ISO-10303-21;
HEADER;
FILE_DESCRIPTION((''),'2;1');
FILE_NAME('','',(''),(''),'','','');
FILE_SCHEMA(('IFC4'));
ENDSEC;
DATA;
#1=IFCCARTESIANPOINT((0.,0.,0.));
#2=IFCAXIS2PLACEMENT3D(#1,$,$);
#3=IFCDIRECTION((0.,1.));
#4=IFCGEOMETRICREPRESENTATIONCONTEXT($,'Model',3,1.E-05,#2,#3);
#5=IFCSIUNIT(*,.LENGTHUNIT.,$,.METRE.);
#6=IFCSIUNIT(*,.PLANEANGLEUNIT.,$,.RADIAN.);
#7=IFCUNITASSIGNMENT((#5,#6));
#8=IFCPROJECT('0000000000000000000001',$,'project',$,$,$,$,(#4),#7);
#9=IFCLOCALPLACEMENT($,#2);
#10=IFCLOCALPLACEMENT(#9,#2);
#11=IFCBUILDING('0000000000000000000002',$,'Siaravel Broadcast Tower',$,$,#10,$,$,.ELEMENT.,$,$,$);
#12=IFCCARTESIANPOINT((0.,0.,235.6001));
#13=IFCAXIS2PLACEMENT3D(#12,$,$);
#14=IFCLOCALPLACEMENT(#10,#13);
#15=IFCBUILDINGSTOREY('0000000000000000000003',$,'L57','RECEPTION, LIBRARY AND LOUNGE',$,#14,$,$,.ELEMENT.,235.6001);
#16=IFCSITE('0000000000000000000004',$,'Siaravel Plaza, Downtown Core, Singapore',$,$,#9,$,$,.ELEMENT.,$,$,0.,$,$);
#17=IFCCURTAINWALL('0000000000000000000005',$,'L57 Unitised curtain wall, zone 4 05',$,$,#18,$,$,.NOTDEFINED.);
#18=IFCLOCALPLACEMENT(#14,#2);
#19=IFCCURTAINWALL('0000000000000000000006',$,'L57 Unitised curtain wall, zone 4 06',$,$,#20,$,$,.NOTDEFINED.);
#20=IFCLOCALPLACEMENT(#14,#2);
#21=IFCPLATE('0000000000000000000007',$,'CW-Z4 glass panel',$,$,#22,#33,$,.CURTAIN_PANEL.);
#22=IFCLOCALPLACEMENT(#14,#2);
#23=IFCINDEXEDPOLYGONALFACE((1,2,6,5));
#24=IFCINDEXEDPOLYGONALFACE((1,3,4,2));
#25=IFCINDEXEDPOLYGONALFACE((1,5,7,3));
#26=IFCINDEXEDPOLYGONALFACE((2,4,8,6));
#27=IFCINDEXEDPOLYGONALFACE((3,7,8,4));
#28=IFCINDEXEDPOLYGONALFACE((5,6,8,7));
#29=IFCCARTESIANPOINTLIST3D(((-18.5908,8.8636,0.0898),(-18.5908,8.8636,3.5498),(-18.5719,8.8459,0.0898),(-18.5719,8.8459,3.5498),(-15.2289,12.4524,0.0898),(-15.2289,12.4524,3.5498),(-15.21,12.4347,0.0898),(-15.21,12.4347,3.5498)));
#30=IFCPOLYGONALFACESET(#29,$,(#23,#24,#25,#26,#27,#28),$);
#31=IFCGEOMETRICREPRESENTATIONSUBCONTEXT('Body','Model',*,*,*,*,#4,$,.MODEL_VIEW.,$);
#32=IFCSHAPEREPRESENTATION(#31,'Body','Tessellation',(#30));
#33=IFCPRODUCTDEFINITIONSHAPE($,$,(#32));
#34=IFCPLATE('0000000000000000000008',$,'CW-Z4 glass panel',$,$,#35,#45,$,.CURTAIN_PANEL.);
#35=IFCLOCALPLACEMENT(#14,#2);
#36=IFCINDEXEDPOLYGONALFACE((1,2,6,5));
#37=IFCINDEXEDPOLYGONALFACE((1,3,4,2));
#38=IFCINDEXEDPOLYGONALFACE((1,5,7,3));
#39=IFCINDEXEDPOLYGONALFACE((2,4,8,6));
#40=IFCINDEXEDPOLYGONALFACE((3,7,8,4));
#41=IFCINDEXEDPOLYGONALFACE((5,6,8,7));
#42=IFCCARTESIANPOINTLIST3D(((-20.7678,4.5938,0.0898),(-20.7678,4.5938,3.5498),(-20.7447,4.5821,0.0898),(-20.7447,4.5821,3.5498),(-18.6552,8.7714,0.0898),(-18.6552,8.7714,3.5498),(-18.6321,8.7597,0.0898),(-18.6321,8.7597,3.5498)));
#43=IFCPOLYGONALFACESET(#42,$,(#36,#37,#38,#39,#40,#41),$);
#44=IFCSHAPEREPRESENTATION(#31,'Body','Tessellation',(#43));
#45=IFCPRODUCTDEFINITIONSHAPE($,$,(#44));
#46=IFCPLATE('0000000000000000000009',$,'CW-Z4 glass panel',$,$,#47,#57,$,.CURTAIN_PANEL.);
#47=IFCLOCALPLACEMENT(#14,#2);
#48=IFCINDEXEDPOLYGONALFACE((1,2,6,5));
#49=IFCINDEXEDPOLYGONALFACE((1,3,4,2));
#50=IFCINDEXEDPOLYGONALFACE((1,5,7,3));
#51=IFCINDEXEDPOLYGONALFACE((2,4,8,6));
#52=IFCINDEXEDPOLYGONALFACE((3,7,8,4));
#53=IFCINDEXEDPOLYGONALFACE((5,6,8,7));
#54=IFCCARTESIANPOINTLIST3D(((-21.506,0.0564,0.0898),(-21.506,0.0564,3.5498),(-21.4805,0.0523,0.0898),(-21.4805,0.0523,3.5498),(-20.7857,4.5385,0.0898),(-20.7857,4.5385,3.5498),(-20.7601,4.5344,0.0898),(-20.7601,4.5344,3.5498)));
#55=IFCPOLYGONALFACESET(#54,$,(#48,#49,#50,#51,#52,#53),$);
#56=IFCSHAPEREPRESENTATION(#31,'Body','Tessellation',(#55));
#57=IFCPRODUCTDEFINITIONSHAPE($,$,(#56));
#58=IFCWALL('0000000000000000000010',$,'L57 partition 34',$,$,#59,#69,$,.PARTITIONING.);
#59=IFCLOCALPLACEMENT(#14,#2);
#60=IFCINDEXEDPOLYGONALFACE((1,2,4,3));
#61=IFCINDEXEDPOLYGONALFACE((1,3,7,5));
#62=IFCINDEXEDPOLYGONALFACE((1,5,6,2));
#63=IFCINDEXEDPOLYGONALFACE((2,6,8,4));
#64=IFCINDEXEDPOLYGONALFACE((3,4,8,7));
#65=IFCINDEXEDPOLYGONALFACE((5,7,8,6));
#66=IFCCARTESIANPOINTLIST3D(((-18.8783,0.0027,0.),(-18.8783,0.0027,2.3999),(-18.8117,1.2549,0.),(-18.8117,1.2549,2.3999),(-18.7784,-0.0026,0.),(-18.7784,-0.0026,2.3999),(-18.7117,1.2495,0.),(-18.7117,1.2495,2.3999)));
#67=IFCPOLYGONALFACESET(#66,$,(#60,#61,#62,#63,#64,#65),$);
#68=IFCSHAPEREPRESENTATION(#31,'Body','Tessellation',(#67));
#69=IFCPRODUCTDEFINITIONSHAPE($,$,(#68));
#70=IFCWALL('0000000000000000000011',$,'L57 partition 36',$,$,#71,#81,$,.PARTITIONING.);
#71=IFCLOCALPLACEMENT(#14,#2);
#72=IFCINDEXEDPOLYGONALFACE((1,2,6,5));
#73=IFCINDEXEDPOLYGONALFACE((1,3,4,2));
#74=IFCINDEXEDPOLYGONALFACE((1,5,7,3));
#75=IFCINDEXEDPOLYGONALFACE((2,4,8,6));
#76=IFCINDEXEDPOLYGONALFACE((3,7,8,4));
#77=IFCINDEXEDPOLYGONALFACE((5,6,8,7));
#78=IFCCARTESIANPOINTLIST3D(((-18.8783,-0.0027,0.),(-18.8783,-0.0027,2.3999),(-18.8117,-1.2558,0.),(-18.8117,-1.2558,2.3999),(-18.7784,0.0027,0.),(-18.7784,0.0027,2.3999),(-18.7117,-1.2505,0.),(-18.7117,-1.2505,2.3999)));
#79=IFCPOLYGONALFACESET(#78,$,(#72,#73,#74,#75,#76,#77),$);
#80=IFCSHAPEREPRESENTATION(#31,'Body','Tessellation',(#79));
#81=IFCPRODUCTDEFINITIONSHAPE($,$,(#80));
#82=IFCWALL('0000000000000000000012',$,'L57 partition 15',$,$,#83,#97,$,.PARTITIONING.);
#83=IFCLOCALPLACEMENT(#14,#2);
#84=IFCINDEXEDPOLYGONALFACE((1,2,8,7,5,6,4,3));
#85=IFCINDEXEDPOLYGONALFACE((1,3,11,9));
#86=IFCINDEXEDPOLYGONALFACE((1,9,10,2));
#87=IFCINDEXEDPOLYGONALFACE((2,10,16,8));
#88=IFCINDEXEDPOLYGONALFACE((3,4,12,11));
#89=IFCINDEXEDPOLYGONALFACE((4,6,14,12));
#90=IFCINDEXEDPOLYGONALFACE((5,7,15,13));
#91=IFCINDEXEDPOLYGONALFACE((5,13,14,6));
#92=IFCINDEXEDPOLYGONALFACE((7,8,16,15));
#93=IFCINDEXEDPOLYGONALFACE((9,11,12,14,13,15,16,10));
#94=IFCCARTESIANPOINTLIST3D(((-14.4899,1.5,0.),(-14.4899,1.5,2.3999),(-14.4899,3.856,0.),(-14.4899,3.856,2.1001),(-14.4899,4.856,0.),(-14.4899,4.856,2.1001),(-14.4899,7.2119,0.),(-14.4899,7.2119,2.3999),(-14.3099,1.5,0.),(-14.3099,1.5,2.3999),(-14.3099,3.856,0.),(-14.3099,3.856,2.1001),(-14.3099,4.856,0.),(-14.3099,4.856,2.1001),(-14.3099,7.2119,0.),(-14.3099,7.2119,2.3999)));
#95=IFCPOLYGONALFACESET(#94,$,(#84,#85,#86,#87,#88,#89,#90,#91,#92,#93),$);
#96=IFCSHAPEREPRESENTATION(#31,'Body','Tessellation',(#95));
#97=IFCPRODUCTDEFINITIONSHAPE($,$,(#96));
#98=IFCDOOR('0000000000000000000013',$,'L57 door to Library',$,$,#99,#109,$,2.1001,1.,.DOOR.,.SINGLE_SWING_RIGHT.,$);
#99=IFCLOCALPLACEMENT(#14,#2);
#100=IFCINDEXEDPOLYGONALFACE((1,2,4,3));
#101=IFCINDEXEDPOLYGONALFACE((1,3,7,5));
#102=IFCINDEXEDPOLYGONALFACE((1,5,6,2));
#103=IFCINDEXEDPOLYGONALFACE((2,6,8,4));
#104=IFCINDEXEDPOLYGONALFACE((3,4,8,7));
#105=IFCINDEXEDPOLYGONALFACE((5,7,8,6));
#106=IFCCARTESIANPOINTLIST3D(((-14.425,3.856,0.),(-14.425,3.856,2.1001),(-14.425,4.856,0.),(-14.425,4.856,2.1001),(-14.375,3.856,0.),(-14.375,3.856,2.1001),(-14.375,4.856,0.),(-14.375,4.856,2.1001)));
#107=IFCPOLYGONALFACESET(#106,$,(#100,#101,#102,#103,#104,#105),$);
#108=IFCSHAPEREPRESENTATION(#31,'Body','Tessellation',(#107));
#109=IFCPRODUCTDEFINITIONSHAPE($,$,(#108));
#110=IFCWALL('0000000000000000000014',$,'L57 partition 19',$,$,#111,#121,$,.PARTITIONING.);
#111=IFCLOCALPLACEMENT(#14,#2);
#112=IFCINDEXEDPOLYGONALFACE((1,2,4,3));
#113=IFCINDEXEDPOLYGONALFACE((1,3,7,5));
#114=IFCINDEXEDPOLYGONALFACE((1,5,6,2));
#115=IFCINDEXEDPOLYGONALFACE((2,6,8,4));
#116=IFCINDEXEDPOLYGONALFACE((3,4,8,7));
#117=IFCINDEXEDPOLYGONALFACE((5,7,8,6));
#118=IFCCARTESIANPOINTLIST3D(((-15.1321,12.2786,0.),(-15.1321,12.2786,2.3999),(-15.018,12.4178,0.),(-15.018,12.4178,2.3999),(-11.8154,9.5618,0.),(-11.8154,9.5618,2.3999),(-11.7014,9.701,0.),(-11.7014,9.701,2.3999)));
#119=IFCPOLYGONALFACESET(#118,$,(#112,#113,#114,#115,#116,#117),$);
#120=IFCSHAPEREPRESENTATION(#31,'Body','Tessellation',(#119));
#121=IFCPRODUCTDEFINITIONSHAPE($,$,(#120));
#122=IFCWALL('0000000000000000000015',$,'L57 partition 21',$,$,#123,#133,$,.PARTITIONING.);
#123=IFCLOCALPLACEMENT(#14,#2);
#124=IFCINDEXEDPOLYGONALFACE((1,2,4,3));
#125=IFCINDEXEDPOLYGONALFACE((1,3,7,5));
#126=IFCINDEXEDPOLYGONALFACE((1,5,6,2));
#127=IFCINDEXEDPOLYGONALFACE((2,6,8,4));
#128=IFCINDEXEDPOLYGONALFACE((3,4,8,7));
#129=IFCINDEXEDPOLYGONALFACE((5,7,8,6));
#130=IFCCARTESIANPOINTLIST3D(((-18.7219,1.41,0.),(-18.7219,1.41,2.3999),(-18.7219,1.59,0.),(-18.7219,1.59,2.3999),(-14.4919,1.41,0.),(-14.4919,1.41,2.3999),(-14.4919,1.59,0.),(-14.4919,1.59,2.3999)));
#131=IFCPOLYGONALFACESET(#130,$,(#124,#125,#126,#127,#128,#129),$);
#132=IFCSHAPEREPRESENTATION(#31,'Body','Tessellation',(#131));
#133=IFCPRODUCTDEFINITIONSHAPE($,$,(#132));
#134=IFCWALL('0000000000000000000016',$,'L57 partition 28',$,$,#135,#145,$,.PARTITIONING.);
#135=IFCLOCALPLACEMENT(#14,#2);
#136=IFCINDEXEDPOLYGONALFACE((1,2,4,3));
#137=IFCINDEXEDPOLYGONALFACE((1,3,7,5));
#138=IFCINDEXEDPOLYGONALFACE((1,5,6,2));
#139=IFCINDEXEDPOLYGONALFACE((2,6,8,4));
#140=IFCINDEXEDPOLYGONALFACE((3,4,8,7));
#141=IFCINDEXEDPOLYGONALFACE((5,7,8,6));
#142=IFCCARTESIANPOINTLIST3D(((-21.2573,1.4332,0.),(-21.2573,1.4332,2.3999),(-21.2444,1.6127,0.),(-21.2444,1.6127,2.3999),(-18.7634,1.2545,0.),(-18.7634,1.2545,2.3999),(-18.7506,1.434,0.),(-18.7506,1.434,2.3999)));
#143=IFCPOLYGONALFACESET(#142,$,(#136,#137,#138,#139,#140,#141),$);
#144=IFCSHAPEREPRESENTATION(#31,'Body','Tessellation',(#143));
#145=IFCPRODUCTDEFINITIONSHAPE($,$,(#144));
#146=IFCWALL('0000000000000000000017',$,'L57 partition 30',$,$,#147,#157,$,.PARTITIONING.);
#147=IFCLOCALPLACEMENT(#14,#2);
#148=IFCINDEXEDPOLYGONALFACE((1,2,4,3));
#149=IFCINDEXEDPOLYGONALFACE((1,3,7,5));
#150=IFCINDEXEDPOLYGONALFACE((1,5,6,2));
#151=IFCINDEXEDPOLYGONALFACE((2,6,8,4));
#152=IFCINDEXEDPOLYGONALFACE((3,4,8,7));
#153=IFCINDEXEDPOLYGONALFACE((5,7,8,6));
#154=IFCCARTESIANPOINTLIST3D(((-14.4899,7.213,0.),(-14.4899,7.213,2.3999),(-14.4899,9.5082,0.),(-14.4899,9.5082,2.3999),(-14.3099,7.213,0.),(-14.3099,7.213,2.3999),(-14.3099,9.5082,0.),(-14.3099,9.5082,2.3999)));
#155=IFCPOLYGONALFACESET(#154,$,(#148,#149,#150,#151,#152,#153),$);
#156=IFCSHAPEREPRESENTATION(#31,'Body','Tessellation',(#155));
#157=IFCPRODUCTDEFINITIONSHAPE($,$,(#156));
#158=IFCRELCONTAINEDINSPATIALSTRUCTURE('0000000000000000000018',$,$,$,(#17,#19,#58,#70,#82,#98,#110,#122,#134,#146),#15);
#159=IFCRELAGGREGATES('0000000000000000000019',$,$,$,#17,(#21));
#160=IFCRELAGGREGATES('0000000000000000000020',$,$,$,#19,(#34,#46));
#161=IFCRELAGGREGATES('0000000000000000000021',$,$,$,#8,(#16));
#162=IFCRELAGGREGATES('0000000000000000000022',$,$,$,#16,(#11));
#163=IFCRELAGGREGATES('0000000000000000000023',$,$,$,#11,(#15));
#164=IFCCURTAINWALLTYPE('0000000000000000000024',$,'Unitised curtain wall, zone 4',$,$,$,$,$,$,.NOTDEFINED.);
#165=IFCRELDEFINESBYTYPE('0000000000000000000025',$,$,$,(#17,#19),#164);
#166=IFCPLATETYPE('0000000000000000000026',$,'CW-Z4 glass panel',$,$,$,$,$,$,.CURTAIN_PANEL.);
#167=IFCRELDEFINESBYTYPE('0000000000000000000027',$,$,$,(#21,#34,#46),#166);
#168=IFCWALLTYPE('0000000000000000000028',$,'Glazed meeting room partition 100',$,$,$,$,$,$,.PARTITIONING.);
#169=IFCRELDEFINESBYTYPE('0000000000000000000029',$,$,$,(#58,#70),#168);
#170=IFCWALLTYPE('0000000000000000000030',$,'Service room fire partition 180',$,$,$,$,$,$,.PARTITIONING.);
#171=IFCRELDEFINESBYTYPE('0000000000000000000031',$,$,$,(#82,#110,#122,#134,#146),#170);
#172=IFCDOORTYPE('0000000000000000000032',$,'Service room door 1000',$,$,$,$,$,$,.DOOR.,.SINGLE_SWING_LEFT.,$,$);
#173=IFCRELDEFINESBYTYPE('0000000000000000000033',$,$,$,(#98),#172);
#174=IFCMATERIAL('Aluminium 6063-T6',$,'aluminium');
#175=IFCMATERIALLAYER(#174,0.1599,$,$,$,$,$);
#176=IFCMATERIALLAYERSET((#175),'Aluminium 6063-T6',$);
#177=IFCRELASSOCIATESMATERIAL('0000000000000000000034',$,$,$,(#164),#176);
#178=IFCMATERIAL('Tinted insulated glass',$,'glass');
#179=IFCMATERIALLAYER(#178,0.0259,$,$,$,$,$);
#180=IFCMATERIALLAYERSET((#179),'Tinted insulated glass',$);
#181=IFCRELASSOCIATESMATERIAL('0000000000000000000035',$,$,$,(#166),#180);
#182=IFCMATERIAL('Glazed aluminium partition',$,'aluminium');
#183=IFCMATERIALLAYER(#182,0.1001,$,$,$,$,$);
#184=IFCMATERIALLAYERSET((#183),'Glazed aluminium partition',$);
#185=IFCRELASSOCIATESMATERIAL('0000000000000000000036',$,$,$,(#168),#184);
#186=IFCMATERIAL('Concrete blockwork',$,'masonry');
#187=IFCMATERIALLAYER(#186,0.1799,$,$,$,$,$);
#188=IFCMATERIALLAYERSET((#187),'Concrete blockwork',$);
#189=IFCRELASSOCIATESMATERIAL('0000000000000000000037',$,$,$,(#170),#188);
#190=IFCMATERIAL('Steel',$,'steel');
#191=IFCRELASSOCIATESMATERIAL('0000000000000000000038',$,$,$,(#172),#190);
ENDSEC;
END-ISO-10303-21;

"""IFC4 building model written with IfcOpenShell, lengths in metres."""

from ifc_helpers import new_model, si_unit, direction, frame, frame_2d, origin, origin_2d, place, context, subcontext, project, spatial, rectangle, extrude, material, layer, layer_set, type_object, element, fill, aggregate, save


model = new_model("IFC4")

# Units and contexts
model_context = context("Model", 3, precision=1e-05, world=origin(), true_north=direction((0.0, 1.0)))
body_context = subcontext(model_context, "Body", "Model", "MODEL_VIEW")
ifc_project = project(units=[si_unit("LENGTHUNIT", "METRE"), si_unit("PLANEANGLEUNIT", "RADIAN")], contexts=[model_context])

# Site, building, storey
site_placement = place(None, origin())
site = spatial("IfcSite", under=ifc_project, at=site_placement, Name="Siaravel Plaza, Downtown Core, Singapore", CompositionType="ELEMENT", RefElevation=0.0)
building_placement = place(site_placement, origin())
building = spatial("IfcBuilding", under=site, at=building_placement, Name="Siaravel Broadcast Tower", CompositionType="ELEMENT")
storey_placement = place(building_placement, frame((0.0, 0.0, 235.6001)))
storey = spatial("IfcBuildingStorey", under=building, at=storey_placement, Name="L57", Description="RECEPTION, LIBRARY AND LOUNGE", CompositionType="ELEMENT", Elevation=235.6001)

# Curtain walls
ifc_material_1 = material(Name="Aluminium 6063-T6", Category="aluminium")
ifc_layer_1 = layer(ifc_material_1, 0.1599)
ifc_layer_set_1 = layer_set([ifc_layer_1], Name="Aluminium 6063-T6")
curtain_wall_type = type_object("IfcCurtainWallType", Name="Unitised curtain wall, zone 4", PredefinedType="NOTDEFINED", material=ifc_layer_set_1)
curtain_wall_1_placement = place(storey_placement, origin())
curtain_wall_1 = element("IfcCurtainWall", 1, at=curtain_wall_1_placement, inside=storey, type_object=curtain_wall_type, Name="L57 Unitised curtain wall, zone 4 05", PredefinedType="NOTDEFINED")
curtain_wall_2_placement = place(storey_placement, origin())
curtain_wall_2 = element("IfcCurtainWall", 2, at=curtain_wall_2_placement, inside=storey, type_object=curtain_wall_type, Name="L57 Unitised curtain wall, zone 4 06", PredefinedType="NOTDEFINED")

# Plates
ifc_material_2 = material(Name="Tinted insulated glass", Category="glass")
ifc_layer_2 = layer(ifc_material_2, 0.0259)
ifc_layer_set_2 = layer_set([ifc_layer_2], Name="Tinted insulated glass")
plate_type = type_object("IfcPlateType", Name="CW-Z4 glass panel", PredefinedType="CURTAIN_PANEL", material=ifc_layer_set_2)
plate_1_placement = place(storey_placement, frame((-16.9004, 10.6492, 0.0898), z_axis=(0.0, 0.0, 1.0), x_axis=(-0.683654, -0.729806, 0.0)))
plate_1 = element("IfcPlate", 3, at=plate_1_placement, type_object=plate_type, Name="CW-Z4 glass panel", PredefinedType="CURTAIN_PANEL", context=body_context, shape_type="SweptSolid", body=[
    extrude(rectangle(XDim=4.9175, YDim=0.0259, at=origin_2d()), origin(), (0.0, 0.0, 1.0), 3.46),
])
aggregate(curtain_wall_1, [plate_1])
plate_2_placement = place(storey_placement, frame((-19.7, 6.6768, 0.0898), z_axis=(0.0, 0.0, 1.0), x_axis=(-0.451259, -0.892393, 0.0)))
plate_2 = element("IfcPlate", 4, at=plate_2_placement, type_object=plate_type, Name="CW-Z4 glass panel", PredefinedType="CURTAIN_PANEL", context=body_context, shape_type="SweptSolid", body=[
    extrude(rectangle(XDim=4.6814, YDim=0.0259, at=origin_2d()), origin(), (0.0, 0.0, 1.0), 3.46),
])
plate_3_placement = place(storey_placement, frame((-21.1331, 2.2954, 0.0898), z_axis=(0.0, 0.0, 1.0), x_axis=(-0.158685, -0.987329, 0.0)))
plate_3 = element("IfcPlate", 5, at=plate_3_placement, type_object=plate_type, Name="CW-Z4 glass panel", PredefinedType="CURTAIN_PANEL", context=body_context, shape_type="SweptSolid", body=[
    extrude(rectangle(XDim=4.5396, YDim=0.0259, at=origin_2d()), origin(), (0.0, 0.0, 1.0), 3.46),
])
aggregate(curtain_wall_2, [plate_2, plate_3])

# Walls
ifc_material_3 = material(Name="Glazed aluminium partition", Category="aluminium")
ifc_layer_3 = layer(ifc_material_3, 0.1001)
ifc_layer_set_3 = layer_set([ifc_layer_3], Name="Glazed aluminium partition")
wall_type_1 = type_object("IfcWallType", Name="Glazed meeting room partition 100", PredefinedType="PARTITIONING", material=ifc_layer_set_3)
wall_1_placement = place(storey_placement, frame((-18.7617, 1.2522, 0.0), z_axis=(0.0, 0.0, 1.0), x_axis=(-0.053152, -0.998586, 0.0)))
element("IfcWall", 6, at=wall_1_placement, inside=storey, type_object=wall_type_1, Name="L57 partition 34", PredefinedType="PARTITIONING", context=body_context, shape_type="SweptSolid", body=[
    extrude(rectangle(XDim=1.2539, YDim=0.1001, at=frame_2d((0.627, 0.0))), origin(), (0.0, 0.0, 1.0), 2.3999),
])
wall_2_placement = place(storey_placement, frame((-18.8284, 0.0, 0.0), z_axis=(0.0, 0.0, 1.0), x_axis=(0.05311, -0.998589, 0.0)))
element("IfcWall", 7, at=wall_2_placement, inside=storey, type_object=wall_type_1, Name="L57 partition 36", PredefinedType="PARTITIONING", context=body_context, shape_type="SweptSolid", body=[
    extrude(rectangle(XDim=1.2549, YDim=0.1001, at=frame_2d((0.6274, 0.0))), origin(), (0.0, 0.0, 1.0), 2.3999),
])

# Wall, opening, door
ifc_material_4 = material(Name="Concrete blockwork", Category="masonry")
ifc_layer_4 = layer(ifc_material_4, 0.1799)
ifc_layer_set_4 = layer_set([ifc_layer_4], Name="Concrete blockwork")
wall_type_2 = type_object("IfcWallType", Name="Service room fire partition 180", PredefinedType="PARTITIONING", material=ifc_layer_set_4)
wall_3_placement = place(storey_placement, frame((-14.3999, 7.2119, 0.0), z_axis=(0.0, 0.0, 1.0), x_axis=(0.0, -1.0, 0.0)))
wall_3 = element("IfcWall", 8, at=wall_3_placement, inside=storey, type_object=wall_type_2, Name="L57 partition 15", PredefinedType="PARTITIONING", context=body_context, shape_type="SweptSolid", body=[
    extrude(rectangle(XDim=5.7119, YDim=0.1799, at=frame_2d((2.856, 0.0))), origin(), (0.0, 0.0, 1.0), 2.3999),
])
opening_placement = place(wall_3_placement, frame((2.356, 0.0, 0.0)))
opening = element("IfcOpeningElement", 9, at=opening_placement, cuts=wall_3, PredefinedType="OPENING", context=body_context, shape_type="SweptSolid", body=[
    extrude(rectangle(XDim=1.0, YDim=2.1001, at=frame_2d((0.5, 1.05))), frame((0.0, 0.0999, 0.0), z_axis=(0.0, -1.0, 0.0), x_axis=(1.0, 0.0, 0.0)), (0.0, 0.0, 1.0), 0.2),
])
ifc_material_5 = material(Name="Steel", Category="steel")
door_type = type_object("IfcDoorType", Name="Service room door 1000", OperationType="SINGLE_SWING_LEFT", PredefinedType="DOOR", material=ifc_material_5)
door_placement = place(opening_placement, origin())
door = element("IfcDoor", 10, at=door_placement, inside=storey, type_object=door_type, Name="L57 door to Library", OperationType="SINGLE_SWING_RIGHT", OverallHeight=2.1001, OverallWidth=1.0, PredefinedType="DOOR", context=body_context, shape_type="SweptSolid", body=[
    extrude(rectangle(XDim=1.0, YDim=2.1001, at=frame_2d((0.5, 1.05))), frame((0.0, 0.0249, 0.0), z_axis=(0.0, -1.0, 0.0), x_axis=(1.0, 0.0, 0.0)), (0.0, 0.0, 1.0), 0.05),
])
fill(opening, door)

# Walls
wall_4_placement = place(storey_placement, frame((-15.075, 12.3481, 0.0), z_axis=(0.0, 0.0, 1.0), x_axis=(0.773594, -0.633681, 0.0)))
element("IfcWall", 11, at=wall_4_placement, inside=storey, type_object=wall_type_2, Name="L57 partition 19", PredefinedType="PARTITIONING", context=body_context, shape_type="SweptSolid", body=[
    extrude(rectangle(XDim=4.2874, YDim=0.1799, at=frame_2d((2.1436, 0.0))), origin(), (0.0, 0.0, 1.0), 2.3999),
])
wall_5_placement = place(storey_placement, frame((-14.4919, 1.5, 0.0), z_axis=(0.0, 0.0, 1.0), x_axis=(-1.0, 0.0, 0.0)))
element("IfcWall", 12, at=wall_5_placement, inside=storey, type_object=wall_type_2, Name="L57 partition 21", PredefinedType="PARTITIONING", context=body_context, shape_type="SweptSolid", body=[
    extrude(rectangle(XDim=4.23, YDim=0.1799, at=frame_2d((2.115, 0.0))), origin(), (0.0, 0.0, 1.0), 2.3999),
])
wall_6_placement = place(storey_placement, frame((-21.2507, 1.5229, 0.0), z_axis=(0.0, 0.0, 1.0), x_axis=(0.997442, -0.071476, 0.0)))
element("IfcWall", 13, at=wall_6_placement, inside=storey, type_object=wall_type_2, Name="L57 partition 28", PredefinedType="PARTITIONING", context=body_context, shape_type="SweptSolid", body=[
    extrude(rectangle(XDim=2.5002, YDim=0.1799, at=frame_2d((1.25, 0.0))), origin(), (0.0, 0.0, 1.0), 2.3999),
])
wall_7_placement = place(storey_placement, frame((-14.3999, 9.5081, 0.0), z_axis=(0.0, 0.0, 1.0), x_axis=(0.0, -1.0, 0.0)))
element("IfcWall", 14, at=wall_7_placement, inside=storey, type_object=wall_type_2, Name="L57 partition 30", PredefinedType="PARTITIONING", context=body_context, shape_type="SweptSolid", body=[
    extrude(rectangle(XDim=2.2952, YDim=0.1799, at=frame_2d((1.1475, 0.0))), origin(), (0.0, 0.0, 1.0), 2.3999),
])

save(model, "model.ifc")
